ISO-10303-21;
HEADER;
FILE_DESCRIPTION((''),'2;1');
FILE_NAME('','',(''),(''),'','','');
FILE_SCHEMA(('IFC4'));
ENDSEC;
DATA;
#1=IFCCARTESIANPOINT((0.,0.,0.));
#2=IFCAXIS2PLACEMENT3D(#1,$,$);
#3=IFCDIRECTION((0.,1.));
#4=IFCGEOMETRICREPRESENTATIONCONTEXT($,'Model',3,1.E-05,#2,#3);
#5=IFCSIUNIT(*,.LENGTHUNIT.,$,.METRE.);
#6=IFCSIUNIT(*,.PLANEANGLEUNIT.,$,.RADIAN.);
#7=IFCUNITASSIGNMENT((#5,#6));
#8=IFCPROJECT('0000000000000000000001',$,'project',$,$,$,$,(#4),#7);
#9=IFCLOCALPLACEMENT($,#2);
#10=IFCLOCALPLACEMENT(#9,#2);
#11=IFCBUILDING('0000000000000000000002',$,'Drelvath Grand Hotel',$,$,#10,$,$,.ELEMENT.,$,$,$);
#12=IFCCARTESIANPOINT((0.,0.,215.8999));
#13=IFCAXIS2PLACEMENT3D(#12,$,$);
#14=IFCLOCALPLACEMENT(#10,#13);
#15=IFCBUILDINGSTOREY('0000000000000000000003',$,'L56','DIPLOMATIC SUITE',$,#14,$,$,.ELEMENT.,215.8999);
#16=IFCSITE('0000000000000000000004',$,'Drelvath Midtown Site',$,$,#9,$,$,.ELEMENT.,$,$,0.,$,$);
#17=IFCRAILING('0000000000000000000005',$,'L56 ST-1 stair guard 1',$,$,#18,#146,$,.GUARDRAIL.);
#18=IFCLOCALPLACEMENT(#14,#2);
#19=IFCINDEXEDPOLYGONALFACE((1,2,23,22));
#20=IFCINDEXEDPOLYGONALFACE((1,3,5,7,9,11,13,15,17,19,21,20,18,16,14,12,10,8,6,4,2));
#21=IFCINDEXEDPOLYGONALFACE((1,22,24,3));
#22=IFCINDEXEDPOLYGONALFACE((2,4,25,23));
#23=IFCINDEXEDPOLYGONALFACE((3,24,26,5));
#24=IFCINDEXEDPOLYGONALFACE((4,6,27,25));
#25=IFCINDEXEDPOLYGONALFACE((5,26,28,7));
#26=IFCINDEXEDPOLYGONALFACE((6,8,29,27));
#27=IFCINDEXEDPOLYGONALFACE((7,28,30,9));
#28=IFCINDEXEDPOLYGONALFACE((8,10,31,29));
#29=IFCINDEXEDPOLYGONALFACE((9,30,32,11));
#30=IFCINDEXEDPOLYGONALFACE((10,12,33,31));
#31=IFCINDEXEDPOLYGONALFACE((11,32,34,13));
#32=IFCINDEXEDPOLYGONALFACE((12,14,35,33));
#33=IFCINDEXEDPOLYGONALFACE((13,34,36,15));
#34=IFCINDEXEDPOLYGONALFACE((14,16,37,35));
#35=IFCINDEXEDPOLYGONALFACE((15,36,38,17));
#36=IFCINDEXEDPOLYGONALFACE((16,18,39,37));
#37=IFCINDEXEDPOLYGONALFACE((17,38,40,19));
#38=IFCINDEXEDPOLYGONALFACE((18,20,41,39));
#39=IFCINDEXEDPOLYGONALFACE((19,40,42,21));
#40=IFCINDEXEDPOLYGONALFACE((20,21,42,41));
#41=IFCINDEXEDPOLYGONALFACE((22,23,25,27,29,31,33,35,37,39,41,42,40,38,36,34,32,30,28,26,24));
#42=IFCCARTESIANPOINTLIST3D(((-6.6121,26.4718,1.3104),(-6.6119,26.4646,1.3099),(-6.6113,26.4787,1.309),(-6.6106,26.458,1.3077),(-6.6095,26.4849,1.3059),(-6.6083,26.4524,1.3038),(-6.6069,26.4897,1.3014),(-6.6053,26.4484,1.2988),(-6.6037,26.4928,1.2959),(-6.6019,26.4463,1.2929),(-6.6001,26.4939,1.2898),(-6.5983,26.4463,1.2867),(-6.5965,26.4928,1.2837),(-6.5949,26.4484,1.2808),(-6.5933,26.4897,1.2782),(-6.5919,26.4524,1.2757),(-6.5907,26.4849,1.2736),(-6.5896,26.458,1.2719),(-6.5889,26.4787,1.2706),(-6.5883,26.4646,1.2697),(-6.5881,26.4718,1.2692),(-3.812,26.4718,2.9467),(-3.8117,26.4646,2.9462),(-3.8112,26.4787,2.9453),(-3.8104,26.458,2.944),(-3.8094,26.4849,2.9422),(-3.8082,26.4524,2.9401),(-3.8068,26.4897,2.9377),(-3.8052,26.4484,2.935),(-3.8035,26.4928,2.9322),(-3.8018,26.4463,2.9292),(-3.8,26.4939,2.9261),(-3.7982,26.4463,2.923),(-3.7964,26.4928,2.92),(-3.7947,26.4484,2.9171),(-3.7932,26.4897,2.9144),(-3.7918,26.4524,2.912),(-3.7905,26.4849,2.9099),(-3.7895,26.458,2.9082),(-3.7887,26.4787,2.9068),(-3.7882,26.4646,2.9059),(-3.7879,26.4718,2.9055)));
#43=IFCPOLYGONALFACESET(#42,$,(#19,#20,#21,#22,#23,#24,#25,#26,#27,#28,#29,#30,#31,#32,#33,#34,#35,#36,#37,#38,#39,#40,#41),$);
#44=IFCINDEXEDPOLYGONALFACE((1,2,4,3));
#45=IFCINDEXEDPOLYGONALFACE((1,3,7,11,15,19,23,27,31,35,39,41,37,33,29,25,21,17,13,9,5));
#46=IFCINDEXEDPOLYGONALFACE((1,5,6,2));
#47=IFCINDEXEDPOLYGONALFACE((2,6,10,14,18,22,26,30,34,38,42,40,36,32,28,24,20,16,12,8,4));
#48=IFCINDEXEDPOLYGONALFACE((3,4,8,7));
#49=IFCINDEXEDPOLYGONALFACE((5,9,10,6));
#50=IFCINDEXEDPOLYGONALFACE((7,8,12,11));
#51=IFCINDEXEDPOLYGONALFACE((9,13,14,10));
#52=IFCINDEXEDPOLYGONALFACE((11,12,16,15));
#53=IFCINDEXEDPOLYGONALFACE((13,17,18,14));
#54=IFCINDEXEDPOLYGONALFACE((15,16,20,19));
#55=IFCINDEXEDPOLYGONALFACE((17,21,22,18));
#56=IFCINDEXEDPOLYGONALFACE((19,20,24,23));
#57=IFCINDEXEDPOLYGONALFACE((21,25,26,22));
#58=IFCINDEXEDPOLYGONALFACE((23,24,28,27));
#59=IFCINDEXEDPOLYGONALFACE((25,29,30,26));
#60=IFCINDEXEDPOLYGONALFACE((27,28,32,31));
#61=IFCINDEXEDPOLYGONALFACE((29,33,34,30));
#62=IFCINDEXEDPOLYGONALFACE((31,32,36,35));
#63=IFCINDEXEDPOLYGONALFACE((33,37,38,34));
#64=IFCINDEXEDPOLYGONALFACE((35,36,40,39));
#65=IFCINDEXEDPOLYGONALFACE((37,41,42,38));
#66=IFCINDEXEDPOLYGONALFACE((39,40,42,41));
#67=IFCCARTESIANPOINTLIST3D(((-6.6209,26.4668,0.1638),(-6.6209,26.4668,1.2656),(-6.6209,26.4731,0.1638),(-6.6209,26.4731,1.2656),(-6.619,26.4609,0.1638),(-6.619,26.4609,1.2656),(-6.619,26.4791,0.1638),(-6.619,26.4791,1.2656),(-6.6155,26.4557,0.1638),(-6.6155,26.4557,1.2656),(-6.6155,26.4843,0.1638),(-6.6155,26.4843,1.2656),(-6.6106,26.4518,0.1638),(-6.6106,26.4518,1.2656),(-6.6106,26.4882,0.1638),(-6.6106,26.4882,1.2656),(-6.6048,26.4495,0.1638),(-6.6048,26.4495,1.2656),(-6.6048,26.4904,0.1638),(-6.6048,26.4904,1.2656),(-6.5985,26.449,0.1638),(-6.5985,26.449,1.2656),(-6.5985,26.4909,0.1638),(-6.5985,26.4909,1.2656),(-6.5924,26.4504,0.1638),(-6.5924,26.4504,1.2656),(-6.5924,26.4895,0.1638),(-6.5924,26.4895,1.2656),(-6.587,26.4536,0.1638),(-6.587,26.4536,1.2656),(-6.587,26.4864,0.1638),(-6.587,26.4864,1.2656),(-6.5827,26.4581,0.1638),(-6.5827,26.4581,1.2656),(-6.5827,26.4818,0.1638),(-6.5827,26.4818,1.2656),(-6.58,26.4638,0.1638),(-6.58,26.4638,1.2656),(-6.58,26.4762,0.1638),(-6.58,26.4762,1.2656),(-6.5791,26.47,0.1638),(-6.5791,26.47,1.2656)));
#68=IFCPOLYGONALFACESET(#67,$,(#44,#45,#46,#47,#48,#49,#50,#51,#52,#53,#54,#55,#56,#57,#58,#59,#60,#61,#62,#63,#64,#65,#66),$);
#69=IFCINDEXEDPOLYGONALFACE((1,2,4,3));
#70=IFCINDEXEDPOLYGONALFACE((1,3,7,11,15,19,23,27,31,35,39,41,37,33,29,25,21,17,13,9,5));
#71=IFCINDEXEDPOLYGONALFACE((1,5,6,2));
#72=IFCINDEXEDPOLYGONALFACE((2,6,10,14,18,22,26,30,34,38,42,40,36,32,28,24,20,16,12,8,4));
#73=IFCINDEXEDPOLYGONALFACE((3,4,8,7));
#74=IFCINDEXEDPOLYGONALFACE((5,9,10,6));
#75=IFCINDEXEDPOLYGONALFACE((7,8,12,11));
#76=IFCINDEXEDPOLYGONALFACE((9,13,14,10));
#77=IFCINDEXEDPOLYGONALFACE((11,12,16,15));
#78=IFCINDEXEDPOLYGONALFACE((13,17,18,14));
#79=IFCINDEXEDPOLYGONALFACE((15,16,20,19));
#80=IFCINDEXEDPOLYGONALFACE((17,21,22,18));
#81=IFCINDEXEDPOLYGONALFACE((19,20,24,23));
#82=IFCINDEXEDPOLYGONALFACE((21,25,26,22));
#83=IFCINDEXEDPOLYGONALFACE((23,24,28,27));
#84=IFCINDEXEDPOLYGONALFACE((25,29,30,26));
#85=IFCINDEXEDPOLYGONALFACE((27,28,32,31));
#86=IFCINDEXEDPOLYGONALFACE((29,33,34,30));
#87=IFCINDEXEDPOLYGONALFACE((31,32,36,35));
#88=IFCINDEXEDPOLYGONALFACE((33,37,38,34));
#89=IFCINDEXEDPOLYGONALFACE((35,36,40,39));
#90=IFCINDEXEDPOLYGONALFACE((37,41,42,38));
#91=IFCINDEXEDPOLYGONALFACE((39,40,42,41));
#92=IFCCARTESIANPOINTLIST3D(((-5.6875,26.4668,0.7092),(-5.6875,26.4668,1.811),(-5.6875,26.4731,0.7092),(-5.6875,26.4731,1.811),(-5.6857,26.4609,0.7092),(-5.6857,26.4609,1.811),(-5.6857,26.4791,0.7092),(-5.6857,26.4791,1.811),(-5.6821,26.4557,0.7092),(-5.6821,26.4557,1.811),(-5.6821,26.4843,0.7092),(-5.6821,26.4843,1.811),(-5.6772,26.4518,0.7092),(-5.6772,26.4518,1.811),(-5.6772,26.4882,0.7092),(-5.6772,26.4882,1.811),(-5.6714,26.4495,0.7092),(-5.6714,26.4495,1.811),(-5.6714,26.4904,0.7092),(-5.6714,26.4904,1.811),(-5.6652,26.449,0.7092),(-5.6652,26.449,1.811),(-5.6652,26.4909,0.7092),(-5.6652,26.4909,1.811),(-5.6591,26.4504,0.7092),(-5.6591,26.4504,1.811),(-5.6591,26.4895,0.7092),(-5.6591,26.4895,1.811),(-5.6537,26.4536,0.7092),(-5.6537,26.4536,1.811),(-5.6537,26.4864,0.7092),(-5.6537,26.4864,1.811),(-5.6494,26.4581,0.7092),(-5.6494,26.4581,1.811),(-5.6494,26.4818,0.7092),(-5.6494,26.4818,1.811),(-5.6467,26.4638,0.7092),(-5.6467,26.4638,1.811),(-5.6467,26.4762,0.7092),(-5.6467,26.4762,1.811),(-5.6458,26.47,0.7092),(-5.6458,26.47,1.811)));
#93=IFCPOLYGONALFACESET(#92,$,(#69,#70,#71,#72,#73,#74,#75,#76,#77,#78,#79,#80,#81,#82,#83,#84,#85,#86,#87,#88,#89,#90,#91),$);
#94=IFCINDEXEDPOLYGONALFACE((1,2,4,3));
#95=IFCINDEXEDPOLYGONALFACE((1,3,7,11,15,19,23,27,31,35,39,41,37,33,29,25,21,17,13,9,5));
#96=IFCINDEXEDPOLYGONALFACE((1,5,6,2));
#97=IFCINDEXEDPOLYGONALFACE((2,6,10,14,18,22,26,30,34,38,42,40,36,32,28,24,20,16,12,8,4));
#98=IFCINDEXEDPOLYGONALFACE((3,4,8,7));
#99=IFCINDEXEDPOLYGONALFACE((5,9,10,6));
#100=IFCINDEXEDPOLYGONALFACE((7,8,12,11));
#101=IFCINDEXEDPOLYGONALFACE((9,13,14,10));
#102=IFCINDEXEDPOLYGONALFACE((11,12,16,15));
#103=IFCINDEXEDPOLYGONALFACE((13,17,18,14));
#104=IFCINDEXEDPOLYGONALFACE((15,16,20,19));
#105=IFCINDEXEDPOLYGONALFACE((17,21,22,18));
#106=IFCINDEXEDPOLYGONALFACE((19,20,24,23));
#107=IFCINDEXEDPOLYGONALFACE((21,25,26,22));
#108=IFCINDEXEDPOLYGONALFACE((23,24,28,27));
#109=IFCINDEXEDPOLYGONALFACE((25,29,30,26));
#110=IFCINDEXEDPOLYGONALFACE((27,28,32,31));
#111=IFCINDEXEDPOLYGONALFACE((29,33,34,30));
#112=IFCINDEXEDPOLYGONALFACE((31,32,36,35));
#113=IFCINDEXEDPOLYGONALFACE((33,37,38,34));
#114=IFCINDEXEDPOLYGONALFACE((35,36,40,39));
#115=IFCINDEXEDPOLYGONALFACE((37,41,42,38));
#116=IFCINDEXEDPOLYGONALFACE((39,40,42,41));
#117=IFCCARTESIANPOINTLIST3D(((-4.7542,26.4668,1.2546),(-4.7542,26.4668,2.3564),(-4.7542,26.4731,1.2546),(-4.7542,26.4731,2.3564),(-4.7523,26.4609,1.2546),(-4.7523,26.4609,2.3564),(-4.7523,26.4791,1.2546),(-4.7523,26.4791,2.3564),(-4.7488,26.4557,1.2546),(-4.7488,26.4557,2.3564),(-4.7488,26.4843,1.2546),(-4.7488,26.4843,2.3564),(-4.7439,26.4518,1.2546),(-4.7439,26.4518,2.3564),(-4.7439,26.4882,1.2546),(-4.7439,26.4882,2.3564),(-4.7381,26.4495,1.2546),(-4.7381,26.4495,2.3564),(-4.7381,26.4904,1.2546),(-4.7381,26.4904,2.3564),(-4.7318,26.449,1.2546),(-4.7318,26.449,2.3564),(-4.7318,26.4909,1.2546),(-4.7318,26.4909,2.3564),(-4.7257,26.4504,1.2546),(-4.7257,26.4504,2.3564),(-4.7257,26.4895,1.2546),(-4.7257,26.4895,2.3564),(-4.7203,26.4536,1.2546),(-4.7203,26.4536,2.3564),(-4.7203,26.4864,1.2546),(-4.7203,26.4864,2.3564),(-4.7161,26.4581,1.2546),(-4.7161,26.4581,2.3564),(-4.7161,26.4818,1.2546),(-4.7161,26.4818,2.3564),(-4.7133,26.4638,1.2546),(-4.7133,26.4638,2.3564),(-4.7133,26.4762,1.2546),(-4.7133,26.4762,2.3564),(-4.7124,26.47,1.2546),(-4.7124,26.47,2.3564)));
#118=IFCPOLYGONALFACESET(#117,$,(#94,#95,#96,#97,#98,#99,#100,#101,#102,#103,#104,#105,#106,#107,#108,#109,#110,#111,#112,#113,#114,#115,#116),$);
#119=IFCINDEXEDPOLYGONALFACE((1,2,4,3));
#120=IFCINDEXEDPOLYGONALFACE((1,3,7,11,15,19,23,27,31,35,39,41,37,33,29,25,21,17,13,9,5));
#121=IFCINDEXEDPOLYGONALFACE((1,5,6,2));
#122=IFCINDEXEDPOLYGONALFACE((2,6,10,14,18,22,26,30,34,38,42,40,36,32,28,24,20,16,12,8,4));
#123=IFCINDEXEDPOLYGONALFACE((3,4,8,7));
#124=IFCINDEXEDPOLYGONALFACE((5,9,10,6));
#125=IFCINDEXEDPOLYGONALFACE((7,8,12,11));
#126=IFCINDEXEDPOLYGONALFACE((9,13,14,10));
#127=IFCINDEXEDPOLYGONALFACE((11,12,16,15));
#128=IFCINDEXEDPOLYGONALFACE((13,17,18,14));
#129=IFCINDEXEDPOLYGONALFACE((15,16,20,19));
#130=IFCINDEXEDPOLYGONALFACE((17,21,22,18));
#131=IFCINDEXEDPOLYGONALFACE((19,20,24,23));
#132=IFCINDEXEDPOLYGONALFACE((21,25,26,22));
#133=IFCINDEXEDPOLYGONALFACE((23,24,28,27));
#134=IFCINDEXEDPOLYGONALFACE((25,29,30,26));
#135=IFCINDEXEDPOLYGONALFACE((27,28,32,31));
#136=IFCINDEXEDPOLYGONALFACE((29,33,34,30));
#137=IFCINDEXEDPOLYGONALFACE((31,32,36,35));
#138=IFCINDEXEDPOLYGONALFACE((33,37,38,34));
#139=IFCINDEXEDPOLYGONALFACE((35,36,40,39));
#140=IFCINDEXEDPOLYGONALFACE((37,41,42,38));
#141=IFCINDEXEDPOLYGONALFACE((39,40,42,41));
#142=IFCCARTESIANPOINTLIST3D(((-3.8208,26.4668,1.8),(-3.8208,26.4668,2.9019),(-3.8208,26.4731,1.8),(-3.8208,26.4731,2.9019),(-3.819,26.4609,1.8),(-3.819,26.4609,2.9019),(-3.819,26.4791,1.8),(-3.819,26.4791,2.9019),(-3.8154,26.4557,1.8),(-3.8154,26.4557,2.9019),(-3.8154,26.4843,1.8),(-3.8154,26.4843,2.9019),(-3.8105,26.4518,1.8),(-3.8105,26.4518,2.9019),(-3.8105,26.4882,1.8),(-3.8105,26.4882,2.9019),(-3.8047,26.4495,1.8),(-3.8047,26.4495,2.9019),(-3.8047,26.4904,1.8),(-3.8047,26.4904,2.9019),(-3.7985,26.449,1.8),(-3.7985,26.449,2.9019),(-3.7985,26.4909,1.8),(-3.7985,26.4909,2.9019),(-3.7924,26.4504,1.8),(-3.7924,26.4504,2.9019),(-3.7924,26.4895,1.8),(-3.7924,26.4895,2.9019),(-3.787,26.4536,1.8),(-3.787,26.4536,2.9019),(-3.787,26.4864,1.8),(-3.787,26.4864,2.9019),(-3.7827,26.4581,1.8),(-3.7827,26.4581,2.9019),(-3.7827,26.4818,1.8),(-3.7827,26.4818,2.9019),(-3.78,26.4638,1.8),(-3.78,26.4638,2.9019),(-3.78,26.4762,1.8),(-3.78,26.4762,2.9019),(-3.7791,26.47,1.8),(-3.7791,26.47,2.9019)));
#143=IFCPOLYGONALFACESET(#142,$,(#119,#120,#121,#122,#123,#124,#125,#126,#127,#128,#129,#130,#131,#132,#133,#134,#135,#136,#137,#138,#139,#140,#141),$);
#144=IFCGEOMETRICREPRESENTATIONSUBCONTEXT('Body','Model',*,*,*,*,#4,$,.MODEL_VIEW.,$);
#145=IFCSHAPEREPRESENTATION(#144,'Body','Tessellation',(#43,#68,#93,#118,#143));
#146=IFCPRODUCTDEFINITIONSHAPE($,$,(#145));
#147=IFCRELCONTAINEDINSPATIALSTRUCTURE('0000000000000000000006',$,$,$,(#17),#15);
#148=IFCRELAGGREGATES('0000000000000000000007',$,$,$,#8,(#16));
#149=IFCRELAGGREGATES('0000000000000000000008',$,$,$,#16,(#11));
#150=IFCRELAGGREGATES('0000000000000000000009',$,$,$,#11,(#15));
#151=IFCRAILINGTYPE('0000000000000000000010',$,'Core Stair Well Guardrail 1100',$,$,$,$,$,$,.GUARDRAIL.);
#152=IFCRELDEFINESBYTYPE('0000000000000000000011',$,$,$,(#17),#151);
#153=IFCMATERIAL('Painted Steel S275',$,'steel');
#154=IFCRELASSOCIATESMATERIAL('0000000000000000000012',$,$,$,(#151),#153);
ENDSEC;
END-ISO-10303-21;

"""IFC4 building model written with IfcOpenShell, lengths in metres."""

from ifc_helpers import new_model, si_unit, direction, frame, origin, origin_2d, place, context, subcontext, project, spatial, circle, extrude, material, type_object, element, save


model = new_model("IFC4")

# Units and contexts
model_context = context("Model", 3, precision=1e-05, world=origin(), true_north=direction((0.0, 1.0)))
body_context = subcontext(model_context, "Body", "Model", "MODEL_VIEW")
ifc_project = project(units=[si_unit("LENGTHUNIT", "METRE"), si_unit("PLANEANGLEUNIT", "RADIAN")], contexts=[model_context])

# Site, building, storey
site_placement = place(None, origin())
site = spatial("IfcSite", under=ifc_project, at=site_placement, Name="Drelvath Midtown Site", CompositionType="ELEMENT", RefElevation=0.0)
building_placement = place(site_placement, origin())
building = spatial("IfcBuilding", under=site, at=building_placement, Name="Drelvath Grand Hotel", CompositionType="ELEMENT")
storey_placement = place(building_placement, frame((0.0, 0.0, 215.8999)))
storey = spatial("IfcBuildingStorey", under=building, at=storey_placement, Name="L56", Description="DIPLOMATIC SUITE", CompositionType="ELEMENT", Elevation=215.8999)

# Shared definitions
ifc_material_1 = material(Name="Painted Steel S275", Category="steel")

# Railing
railing_type_1 = type_object("IfcRailingType", Name="Core Stair Well Guardrail 1100", PredefinedType="GUARDRAIL", material=ifc_material_1)
railing_1_placement = place(storey_placement, frame((-6.6001, 26.47, 0.1638)))
element("IfcRailing", 1, at=railing_1_placement, inside=storey, type_object=railing_type_1, Name="L56 ST-1 stair guard 1", PredefinedType="GUARDRAIL", context=body_context, shape_type="SweptSolid", body=[
    extrude(circle(Radius=0.0239, at=origin_2d()), frame((0.0, 0.0, 1.126), z_axis=(0.863394, 0.0, 0.504531), x_axis=(0.0, 1.0, 0.0)), (0.0, 0.0, 1.0), 3.2432),
    extrude(circle(Radius=0.021, at=origin_2d()), origin(), (0.0, 0.0, 1.0), 1.1018),
    extrude(circle(Radius=0.021, at=origin_2d()), frame((0.9333, 0.0, 0.5454)), (0.0, 0.0, 1.0), 1.1018),
    extrude(circle(Radius=0.021, at=origin_2d()), frame((1.8667, 0.0, 1.0908)), (0.0, 0.0, 1.0), 1.1018),
    extrude(circle(Radius=0.021, at=origin_2d()), frame((2.8, 0.0, 1.6362)), (0.0, 0.0, 1.0), 1.1018),
])

save(model, "model.ifc")
